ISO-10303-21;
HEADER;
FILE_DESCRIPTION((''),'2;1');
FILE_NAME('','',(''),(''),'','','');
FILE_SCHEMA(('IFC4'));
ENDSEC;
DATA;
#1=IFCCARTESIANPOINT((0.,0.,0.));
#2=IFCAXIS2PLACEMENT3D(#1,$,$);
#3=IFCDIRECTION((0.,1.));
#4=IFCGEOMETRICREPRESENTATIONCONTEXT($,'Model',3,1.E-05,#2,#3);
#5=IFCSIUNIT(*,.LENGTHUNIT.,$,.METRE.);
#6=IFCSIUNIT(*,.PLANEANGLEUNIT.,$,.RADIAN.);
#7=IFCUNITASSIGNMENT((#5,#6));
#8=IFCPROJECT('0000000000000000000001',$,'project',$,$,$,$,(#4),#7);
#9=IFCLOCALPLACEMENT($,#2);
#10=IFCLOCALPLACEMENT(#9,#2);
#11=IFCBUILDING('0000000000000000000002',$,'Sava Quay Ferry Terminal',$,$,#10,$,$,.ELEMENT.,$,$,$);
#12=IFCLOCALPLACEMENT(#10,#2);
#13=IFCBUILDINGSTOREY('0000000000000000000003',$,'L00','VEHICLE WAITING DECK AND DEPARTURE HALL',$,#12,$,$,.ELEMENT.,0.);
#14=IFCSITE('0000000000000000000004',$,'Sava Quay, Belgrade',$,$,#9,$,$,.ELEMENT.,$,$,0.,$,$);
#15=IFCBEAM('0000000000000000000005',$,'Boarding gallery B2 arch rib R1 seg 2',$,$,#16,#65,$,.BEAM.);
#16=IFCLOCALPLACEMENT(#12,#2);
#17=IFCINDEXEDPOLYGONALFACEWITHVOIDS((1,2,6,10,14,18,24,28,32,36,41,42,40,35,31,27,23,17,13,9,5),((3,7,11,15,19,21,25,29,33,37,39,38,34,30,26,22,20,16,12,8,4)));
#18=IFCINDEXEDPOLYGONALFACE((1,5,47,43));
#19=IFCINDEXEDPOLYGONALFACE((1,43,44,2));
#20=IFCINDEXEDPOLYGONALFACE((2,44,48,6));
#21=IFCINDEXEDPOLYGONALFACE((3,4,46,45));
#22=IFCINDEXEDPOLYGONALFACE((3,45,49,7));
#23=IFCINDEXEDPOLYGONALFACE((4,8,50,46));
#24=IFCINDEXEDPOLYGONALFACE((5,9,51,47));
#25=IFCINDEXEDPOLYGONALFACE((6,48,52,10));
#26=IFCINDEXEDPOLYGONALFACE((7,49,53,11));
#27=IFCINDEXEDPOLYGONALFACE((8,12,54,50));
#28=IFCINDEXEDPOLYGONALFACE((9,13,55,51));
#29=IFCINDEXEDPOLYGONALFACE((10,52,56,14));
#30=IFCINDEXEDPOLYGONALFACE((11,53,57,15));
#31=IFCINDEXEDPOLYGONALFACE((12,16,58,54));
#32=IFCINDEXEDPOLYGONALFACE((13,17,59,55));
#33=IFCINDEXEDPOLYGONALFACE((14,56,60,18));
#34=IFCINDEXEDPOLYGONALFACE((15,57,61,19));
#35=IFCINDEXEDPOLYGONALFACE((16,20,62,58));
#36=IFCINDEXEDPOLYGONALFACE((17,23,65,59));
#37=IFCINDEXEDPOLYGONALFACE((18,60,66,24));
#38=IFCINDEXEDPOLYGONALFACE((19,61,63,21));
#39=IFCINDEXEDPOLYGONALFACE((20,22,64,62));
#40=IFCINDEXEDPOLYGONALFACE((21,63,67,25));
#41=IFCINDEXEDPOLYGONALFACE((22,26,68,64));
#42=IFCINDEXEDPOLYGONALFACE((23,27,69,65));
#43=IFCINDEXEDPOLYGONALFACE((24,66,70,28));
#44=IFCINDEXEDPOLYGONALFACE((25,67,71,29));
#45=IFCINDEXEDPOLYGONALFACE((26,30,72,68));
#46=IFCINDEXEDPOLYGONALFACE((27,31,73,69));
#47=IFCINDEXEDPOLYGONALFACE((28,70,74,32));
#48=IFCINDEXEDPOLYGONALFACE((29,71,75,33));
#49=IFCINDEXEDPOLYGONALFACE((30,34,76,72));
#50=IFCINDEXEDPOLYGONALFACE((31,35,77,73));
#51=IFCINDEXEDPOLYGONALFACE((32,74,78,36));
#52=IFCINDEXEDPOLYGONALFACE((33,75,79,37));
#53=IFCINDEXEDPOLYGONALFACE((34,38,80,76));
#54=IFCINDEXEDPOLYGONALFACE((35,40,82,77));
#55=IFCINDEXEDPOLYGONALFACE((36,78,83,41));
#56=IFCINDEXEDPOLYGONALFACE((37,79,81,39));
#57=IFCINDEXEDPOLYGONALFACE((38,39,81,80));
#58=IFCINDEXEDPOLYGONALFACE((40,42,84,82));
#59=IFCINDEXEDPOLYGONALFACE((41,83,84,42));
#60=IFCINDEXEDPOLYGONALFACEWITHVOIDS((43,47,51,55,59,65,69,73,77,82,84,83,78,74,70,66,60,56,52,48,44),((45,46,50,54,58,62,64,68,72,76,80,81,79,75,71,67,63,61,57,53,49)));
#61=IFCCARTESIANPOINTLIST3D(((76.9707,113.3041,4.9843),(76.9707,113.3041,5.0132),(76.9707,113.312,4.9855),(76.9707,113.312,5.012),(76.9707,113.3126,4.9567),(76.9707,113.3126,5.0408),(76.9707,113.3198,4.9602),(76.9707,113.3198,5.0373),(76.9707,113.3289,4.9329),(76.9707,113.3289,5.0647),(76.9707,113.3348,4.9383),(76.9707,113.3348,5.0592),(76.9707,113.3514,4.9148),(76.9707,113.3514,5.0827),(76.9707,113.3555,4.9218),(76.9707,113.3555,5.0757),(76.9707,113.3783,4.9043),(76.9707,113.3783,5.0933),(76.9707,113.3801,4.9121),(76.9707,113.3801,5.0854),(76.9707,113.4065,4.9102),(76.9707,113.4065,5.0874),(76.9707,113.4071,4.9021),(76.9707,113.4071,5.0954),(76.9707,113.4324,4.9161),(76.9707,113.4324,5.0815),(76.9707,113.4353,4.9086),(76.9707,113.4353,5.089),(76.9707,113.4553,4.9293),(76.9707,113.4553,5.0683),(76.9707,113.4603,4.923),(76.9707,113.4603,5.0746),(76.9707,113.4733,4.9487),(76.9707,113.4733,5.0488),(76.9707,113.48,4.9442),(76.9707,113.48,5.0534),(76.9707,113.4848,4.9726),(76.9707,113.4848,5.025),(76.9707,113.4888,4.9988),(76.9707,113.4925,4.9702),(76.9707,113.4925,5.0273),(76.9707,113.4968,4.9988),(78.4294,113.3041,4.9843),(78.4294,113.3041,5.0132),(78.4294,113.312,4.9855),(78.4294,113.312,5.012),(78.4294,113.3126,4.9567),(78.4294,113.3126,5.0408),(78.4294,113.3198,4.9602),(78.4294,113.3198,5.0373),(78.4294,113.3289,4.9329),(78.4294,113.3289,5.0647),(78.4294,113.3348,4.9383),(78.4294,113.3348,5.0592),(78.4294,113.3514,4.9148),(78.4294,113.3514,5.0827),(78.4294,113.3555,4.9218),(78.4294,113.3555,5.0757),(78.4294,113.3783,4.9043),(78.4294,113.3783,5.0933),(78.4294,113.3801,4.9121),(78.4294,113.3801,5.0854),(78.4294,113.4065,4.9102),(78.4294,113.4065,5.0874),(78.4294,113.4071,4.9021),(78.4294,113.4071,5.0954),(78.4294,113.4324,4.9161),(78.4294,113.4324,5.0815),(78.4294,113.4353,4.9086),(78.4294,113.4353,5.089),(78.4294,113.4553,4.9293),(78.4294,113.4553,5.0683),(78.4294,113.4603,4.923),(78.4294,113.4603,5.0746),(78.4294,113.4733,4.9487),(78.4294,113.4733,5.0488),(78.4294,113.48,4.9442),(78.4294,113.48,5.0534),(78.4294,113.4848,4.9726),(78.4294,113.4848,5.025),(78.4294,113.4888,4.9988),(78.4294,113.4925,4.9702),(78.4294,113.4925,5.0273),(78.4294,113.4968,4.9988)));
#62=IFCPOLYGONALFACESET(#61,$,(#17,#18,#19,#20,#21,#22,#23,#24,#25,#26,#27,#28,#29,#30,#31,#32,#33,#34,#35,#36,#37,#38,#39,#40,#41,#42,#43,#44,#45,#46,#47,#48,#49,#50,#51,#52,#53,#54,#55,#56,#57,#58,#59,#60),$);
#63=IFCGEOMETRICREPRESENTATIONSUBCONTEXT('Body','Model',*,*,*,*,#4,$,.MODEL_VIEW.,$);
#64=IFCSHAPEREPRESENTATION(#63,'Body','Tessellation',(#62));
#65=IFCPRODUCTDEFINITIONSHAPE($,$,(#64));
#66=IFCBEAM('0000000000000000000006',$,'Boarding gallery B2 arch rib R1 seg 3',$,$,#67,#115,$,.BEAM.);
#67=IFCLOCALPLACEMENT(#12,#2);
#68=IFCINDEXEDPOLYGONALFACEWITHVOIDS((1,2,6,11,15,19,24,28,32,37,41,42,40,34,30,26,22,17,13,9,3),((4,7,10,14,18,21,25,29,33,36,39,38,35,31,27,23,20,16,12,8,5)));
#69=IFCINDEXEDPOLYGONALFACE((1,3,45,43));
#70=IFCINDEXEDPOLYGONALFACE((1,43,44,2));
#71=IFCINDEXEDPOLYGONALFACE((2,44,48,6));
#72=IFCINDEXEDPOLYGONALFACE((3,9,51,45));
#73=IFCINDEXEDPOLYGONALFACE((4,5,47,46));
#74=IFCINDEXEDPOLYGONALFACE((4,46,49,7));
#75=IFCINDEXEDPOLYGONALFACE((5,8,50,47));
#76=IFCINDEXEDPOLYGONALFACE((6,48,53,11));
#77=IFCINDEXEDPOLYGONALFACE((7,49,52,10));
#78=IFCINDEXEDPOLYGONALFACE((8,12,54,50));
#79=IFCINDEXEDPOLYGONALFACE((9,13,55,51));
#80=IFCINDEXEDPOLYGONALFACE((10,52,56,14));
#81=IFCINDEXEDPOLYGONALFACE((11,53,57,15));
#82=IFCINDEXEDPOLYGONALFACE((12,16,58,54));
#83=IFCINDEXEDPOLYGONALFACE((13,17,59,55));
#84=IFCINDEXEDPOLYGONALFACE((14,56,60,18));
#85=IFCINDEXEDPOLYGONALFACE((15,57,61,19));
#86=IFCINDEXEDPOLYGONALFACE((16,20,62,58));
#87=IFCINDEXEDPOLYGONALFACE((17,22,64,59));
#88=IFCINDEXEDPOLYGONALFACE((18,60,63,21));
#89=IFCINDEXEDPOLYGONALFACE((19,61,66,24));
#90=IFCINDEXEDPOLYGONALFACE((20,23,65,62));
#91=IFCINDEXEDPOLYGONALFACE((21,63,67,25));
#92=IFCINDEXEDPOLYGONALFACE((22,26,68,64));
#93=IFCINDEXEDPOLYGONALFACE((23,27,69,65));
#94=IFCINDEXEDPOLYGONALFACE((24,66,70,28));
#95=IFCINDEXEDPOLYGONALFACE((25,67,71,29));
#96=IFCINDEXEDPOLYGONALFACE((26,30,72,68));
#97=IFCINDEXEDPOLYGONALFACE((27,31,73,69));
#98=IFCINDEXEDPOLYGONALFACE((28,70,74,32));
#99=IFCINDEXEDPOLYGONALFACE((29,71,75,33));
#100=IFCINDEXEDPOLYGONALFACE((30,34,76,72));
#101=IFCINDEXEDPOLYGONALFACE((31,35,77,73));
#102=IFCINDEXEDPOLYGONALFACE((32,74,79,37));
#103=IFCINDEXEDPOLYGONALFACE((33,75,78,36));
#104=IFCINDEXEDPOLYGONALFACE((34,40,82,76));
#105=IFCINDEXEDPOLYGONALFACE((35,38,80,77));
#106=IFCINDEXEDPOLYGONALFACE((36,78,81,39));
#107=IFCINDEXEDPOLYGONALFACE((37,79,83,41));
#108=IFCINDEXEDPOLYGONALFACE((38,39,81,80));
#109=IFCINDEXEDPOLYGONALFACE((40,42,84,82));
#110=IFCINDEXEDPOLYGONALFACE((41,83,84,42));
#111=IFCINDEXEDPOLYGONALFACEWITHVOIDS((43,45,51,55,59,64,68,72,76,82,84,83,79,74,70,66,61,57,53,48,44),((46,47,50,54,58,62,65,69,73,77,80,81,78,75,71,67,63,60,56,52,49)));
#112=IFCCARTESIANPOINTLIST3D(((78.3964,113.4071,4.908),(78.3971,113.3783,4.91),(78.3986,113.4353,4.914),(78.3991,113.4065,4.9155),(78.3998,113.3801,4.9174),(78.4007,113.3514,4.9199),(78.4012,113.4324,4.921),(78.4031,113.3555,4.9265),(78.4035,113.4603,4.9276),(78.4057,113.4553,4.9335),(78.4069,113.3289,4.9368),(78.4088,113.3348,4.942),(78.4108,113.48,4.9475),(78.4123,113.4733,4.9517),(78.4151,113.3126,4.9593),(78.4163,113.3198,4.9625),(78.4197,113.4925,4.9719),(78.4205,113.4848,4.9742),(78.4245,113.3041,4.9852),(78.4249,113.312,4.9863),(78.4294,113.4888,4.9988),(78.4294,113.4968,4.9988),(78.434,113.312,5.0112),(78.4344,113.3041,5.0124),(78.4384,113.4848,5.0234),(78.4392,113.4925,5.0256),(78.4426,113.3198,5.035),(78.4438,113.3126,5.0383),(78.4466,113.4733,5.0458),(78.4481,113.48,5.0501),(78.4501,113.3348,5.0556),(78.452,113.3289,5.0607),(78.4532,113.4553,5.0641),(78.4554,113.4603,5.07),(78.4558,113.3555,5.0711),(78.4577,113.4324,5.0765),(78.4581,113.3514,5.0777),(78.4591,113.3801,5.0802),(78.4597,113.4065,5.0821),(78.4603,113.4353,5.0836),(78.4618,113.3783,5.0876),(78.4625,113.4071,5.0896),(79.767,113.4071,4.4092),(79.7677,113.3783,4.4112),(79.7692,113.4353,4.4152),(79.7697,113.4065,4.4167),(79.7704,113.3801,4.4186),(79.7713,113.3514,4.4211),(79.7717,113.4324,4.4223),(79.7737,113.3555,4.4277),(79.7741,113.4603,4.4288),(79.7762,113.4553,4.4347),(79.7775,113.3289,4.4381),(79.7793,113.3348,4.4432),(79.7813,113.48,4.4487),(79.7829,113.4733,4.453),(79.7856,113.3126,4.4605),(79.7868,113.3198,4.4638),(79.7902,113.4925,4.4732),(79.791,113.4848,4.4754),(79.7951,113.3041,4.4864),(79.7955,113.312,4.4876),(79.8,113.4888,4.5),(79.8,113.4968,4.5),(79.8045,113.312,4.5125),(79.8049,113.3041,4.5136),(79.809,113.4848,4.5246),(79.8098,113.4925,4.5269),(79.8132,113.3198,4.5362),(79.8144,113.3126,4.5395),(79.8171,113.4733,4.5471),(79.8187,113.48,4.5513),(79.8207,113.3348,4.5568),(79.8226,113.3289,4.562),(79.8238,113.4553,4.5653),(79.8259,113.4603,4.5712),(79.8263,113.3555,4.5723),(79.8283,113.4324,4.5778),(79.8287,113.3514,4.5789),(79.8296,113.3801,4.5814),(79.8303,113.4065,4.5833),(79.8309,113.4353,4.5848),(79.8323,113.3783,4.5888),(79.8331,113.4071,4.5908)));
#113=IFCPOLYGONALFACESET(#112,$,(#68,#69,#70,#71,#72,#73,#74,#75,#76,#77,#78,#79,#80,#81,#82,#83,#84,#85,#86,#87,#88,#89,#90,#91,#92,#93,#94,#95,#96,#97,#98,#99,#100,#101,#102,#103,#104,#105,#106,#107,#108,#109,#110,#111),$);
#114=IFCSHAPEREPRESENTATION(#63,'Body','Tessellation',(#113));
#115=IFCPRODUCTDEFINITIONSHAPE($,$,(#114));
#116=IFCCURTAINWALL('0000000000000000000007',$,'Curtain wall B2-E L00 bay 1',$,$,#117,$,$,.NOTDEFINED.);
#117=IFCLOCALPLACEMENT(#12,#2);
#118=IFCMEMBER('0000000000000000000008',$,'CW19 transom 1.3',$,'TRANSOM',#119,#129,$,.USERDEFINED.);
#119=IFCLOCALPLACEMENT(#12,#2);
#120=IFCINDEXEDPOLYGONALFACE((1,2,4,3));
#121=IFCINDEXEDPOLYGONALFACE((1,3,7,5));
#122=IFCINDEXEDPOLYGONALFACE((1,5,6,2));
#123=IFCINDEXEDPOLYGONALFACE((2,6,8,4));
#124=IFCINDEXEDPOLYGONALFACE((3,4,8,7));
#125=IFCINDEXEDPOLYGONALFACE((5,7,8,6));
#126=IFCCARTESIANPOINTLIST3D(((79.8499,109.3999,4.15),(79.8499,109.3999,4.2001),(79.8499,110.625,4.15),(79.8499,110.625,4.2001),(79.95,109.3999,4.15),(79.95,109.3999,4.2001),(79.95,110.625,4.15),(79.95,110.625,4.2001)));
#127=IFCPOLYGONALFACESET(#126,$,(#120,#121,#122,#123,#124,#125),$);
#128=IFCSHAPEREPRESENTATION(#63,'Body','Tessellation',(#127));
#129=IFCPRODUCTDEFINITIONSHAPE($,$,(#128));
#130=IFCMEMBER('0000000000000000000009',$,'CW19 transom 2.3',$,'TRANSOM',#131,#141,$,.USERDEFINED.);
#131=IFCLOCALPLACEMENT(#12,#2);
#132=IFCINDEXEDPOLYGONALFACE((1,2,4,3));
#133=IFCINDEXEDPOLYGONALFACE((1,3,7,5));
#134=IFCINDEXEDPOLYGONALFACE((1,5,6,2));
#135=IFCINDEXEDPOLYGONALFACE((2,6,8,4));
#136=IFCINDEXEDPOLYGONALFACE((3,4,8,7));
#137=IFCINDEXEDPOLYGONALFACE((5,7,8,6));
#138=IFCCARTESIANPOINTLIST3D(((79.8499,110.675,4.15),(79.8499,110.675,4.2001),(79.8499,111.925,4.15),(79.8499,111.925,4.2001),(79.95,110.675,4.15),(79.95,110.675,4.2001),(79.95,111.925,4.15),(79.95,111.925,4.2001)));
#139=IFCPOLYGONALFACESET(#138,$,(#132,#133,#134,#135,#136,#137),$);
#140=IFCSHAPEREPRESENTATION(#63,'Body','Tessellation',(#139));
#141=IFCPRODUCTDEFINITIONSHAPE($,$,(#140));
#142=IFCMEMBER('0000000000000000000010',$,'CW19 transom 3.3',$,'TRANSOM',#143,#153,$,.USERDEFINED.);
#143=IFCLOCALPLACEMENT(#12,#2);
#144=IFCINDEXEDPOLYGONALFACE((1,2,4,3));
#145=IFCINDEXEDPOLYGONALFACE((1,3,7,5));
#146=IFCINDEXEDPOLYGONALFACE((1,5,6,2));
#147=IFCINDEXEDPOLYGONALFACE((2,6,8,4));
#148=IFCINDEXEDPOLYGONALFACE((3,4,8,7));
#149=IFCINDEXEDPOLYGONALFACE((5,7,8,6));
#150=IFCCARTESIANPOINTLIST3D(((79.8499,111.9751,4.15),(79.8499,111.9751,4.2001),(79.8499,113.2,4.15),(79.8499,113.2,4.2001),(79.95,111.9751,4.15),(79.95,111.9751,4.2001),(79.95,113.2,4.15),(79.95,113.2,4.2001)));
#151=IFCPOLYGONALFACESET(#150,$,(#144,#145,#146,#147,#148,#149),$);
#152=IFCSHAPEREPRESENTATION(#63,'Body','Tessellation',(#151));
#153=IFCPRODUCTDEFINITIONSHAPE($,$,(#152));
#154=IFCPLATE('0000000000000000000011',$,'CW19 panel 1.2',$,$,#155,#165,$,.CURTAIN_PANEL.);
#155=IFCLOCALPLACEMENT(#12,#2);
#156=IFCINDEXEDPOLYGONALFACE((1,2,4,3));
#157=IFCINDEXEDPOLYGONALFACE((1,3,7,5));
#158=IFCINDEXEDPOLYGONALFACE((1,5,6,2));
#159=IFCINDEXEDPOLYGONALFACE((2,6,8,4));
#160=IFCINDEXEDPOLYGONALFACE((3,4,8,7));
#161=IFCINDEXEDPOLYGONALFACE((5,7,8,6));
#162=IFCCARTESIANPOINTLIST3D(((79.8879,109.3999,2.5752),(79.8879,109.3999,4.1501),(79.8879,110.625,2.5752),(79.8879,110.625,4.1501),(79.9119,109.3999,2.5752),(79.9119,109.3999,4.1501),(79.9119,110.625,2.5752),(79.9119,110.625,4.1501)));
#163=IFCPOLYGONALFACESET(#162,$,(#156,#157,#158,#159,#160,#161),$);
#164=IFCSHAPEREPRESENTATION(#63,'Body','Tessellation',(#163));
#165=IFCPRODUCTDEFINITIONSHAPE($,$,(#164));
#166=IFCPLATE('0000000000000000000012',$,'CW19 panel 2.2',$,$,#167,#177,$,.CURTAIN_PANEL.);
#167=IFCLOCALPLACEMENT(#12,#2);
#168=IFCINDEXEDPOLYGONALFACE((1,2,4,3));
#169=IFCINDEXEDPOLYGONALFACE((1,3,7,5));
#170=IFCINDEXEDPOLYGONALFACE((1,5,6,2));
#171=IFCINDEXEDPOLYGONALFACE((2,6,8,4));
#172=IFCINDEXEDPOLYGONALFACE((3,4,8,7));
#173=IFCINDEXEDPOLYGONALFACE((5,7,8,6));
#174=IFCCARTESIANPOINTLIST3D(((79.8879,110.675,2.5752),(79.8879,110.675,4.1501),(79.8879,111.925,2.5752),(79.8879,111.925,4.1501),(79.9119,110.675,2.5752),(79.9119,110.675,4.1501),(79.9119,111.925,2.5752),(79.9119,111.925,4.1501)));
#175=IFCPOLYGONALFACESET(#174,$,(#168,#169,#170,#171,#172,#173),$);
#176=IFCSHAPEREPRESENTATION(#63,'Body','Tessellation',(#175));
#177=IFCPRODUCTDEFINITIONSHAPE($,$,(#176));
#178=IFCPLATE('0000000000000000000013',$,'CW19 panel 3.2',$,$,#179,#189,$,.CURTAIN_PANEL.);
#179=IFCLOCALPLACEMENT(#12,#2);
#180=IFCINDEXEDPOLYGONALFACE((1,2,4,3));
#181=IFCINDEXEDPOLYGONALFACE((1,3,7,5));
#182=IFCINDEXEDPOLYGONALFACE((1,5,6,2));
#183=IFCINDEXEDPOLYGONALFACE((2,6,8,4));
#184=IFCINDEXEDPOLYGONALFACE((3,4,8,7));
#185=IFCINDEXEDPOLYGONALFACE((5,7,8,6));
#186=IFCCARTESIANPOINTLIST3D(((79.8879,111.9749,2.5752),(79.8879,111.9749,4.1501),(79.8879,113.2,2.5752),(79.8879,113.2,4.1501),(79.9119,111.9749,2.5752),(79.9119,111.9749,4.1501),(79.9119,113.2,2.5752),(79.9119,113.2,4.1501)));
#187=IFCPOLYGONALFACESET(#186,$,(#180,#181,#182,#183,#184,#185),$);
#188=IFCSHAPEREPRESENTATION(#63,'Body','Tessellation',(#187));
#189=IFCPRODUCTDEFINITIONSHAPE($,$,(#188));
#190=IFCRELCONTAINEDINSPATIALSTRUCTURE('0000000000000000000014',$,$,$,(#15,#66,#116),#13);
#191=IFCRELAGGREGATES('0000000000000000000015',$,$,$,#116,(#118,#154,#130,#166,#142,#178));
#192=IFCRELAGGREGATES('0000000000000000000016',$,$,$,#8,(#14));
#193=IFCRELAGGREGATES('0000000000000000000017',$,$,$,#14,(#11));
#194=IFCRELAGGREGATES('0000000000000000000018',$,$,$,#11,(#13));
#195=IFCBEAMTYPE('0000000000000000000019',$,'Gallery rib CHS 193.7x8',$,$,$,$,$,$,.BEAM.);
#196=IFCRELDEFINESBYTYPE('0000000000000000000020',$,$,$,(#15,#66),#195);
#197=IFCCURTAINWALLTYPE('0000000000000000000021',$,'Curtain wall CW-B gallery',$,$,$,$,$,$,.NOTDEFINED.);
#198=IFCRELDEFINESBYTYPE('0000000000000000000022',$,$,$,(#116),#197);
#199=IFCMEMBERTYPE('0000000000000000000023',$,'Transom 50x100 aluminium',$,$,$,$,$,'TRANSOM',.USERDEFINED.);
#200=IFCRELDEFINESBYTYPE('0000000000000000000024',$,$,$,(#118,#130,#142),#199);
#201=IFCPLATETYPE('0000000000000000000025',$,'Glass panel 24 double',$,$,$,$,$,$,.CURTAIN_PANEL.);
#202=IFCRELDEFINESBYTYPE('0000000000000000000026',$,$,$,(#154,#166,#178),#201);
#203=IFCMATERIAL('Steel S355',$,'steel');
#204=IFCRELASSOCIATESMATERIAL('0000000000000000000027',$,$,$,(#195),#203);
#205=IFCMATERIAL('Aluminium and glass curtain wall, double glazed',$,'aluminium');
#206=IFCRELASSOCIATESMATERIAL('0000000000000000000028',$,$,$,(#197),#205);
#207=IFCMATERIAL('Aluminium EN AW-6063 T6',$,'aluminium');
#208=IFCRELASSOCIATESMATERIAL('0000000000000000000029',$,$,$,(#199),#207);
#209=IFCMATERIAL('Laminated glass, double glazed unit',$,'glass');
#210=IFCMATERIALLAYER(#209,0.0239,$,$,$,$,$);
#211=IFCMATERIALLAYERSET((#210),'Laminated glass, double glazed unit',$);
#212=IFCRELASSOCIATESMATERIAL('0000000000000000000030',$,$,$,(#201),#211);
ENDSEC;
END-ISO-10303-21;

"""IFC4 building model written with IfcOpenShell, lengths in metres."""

from ifc_helpers import new_model, si_unit, direction, frame, origin, origin_2d, place, context, subcontext, project, spatial, rectangle, hollow_circle, extrude, material, layer, layer_set, material_profile, profile_set, type_object, element, aggregate, save


model = new_model("IFC4")

# Units and contexts
model_context = context("Model", 3, precision=1e-05, world=origin(), true_north=direction((0.0, 1.0)))
body_context = subcontext(model_context, "Body", "Model", "MODEL_VIEW")
ifc_project = project(units=[si_unit("LENGTHUNIT", "METRE"), si_unit("PLANEANGLEUNIT", "RADIAN")], contexts=[model_context])

# Site, building, storey
site_placement = place(None, origin())
site = spatial("IfcSite", under=ifc_project, at=site_placement, Name="Sava Quay, Belgrade", CompositionType="ELEMENT", RefElevation=0.0)
building_placement = place(site_placement, origin())
building = spatial("IfcBuilding", under=site, at=building_placement, Name="Sava Quay Ferry Terminal", CompositionType="ELEMENT")
storey_placement = place(building_placement, origin())
storey = spatial("IfcBuildingStorey", under=building, at=storey_placement, Name="L00", Description="VEHICLE WAITING DECK AND DEPARTURE HALL", CompositionType="ELEMENT", Elevation=0.0)

# Beams
ifc_material_1 = material(Name="Steel S355", Category="steel")
ifc_material_profile_1 = material_profile(ifc_material_1, hollow_circle(Radius=0.0969, WallThickness=0.0081, at=origin_2d()), Name="CHS 193.7 x 8.0")
ifc_profile_set_1 = profile_set([ifc_material_profile_1], Name="Steel S355")
beam_type_1 = type_object("IfcBeamType", Name="Gallery rib CHS 193.7x8", PredefinedType="BEAM", material=ifc_profile_set_1)
beam_1_placement = place(storey_placement, frame((76.9707, 113.3999, 4.9988), z_axis=(1.0, 0.0, 0.0), x_axis=(0.0, 1.0, 0.0)))
element("IfcBeam", 1, at=beam_1_placement, inside=storey, type_object=beam_type_1, Name="Boarding gallery B2 arch rib R1 seg 2", PredefinedType="BEAM", context=body_context, shape_type="SweptSolid", body=[
    extrude(hollow_circle(Radius=0.0969, WallThickness=0.0081, at=origin_2d()), origin(), (0.0, 0.0, 1.0), 1.4587),
])
beam_2_placement = place(storey_placement, frame((78.4294, 113.3999, 4.9988), z_axis=(0.93971, 0.0, -0.341972), x_axis=(0.0, 1.0, 0.0)))
element("IfcBeam", 2, at=beam_2_placement, inside=storey, type_object=beam_type_1, Name="Boarding gallery B2 arch rib R1 seg 3", PredefinedType="BEAM", context=body_context, shape_type="SweptSolid", body=[
    extrude(hollow_circle(Radius=0.0969, WallThickness=0.0081, at=origin_2d()), origin(), (0.0, 0.0, 1.0), 1.4585),
])

# Curtain wall, members, plates
ifc_material_2 = material(Name="Aluminium and glass curtain wall, double glazed", Category="aluminium")
curtain_wall_type = type_object("IfcCurtainWallType", Name="Curtain wall CW-B gallery", PredefinedType="NOTDEFINED", material=ifc_material_2)
curtain_wall_placement = place(storey_placement, origin())
curtain_wall = element("IfcCurtainWall", 3, at=curtain_wall_placement, inside=storey, type_object=curtain_wall_type, Name="Curtain wall B2-E L00 bay 1", PredefinedType="NOTDEFINED")
ifc_material_3 = material(Name="Aluminium EN AW-6063 T6", Category="aluminium")
ifc_material_profile_2 = material_profile(ifc_material_3, rectangle(XDim=0.1001, YDim=0.05, at=origin_2d()), Name="Transom 50x100 aluminium")
ifc_profile_set_2 = profile_set([ifc_material_profile_2], Name="Aluminium EN AW-6063 T6")
member_type_1 = type_object("IfcMemberType", Name="Transom 50x100 aluminium", ElementType="TRANSOM", PredefinedType="USERDEFINED", material=ifc_profile_set_2)
member_1_placement = place(storey_placement, frame((79.8999, 109.3999, 4.175), z_axis=(0.0, 1.0, 0.0), x_axis=(-1.0, 0.0, 0.0)))
member_1 = element("IfcMember", 4, at=member_1_placement, type_object=member_type_1, Name="CW19 transom 1.3", ObjectType="TRANSOM", PredefinedType="USERDEFINED", context=body_context, shape_type="SweptSolid", body=[
    extrude(rectangle(XDim=0.1001, YDim=0.05, at=origin_2d()), origin(), (0.0, 0.0, 1.0), 1.2251),
])
member_2_placement = place(storey_placement, frame((79.8999, 110.675, 4.175), z_axis=(0.0, 1.0, 0.0), x_axis=(-1.0, 0.0, 0.0)))
member_2 = element("IfcMember", 5, at=member_2_placement, type_object=member_type_1, Name="CW19 transom 2.3", ObjectType="TRANSOM", PredefinedType="USERDEFINED", context=body_context, shape_type="SweptSolid", body=[
    extrude(rectangle(XDim=0.1001, YDim=0.05, at=origin_2d()), origin(), (0.0, 0.0, 1.0), 1.25),
])
member_3_placement = place(storey_placement, frame((79.8999, 111.9751, 4.175), z_axis=(0.0, 1.0, 0.0), x_axis=(-1.0, 0.0, 0.0)))
member_3 = element("IfcMember", 6, at=member_3_placement, type_object=member_type_1, Name="CW19 transom 3.3", ObjectType="TRANSOM", PredefinedType="USERDEFINED", context=body_context, shape_type="SweptSolid", body=[
    extrude(rectangle(XDim=0.1001, YDim=0.05, at=origin_2d()), origin(), (0.0, 0.0, 1.0), 1.2249),
])
ifc_material_4 = material(Name="Laminated glass, double glazed unit", Category="glass")
ifc_layer_1 = layer(ifc_material_4, 0.0239)
ifc_layer_set_1 = layer_set([ifc_layer_1], Name="Laminated glass, double glazed unit")
plate_type = type_object("IfcPlateType", Name="Glass panel 24 double", PredefinedType="CURTAIN_PANEL", material=ifc_layer_set_1)
plate_1_placement = place(storey_placement, frame((79.8999, 110.0125, 2.5752), z_axis=(0.0, 0.0, 1.0), x_axis=(0.0, 1.0, 0.0)))
plate_1 = element("IfcPlate", 7, at=plate_1_placement, type_object=plate_type, Name="CW19 panel 1.2", PredefinedType="CURTAIN_PANEL", context=body_context, shape_type="SweptSolid", body=[
    extrude(rectangle(XDim=1.2251, YDim=0.0239, at=origin_2d()), origin(), (0.0, 0.0, 1.0), 1.575),
])
plate_2_placement = place(storey_placement, frame((79.8999, 111.3, 2.5752), z_axis=(0.0, 0.0, 1.0), x_axis=(0.0, 1.0, 0.0)))
plate_2 = element("IfcPlate", 8, at=plate_2_placement, type_object=plate_type, Name="CW19 panel 2.2", PredefinedType="CURTAIN_PANEL", context=body_context, shape_type="SweptSolid", body=[
    extrude(rectangle(XDim=1.25, YDim=0.0239, at=origin_2d()), origin(), (0.0, 0.0, 1.0), 1.575),
])
plate_3_placement = place(storey_placement, frame((79.8999, 112.5874, 2.5752), z_axis=(0.0, 0.0, 1.0), x_axis=(0.0, 1.0, 0.0)))
plate_3 = element("IfcPlate", 9, at=plate_3_placement, type_object=plate_type, Name="CW19 panel 3.2", PredefinedType="CURTAIN_PANEL", context=body_context, shape_type="SweptSolid", body=[
    extrude(rectangle(XDim=1.2251, YDim=0.0239, at=origin_2d()), origin(), (0.0, 0.0, 1.0), 1.575),
])
aggregate(curtain_wall, [member_1, plate_1, member_2, plate_2, member_3, plate_3])

save(model, "model.ifc")
